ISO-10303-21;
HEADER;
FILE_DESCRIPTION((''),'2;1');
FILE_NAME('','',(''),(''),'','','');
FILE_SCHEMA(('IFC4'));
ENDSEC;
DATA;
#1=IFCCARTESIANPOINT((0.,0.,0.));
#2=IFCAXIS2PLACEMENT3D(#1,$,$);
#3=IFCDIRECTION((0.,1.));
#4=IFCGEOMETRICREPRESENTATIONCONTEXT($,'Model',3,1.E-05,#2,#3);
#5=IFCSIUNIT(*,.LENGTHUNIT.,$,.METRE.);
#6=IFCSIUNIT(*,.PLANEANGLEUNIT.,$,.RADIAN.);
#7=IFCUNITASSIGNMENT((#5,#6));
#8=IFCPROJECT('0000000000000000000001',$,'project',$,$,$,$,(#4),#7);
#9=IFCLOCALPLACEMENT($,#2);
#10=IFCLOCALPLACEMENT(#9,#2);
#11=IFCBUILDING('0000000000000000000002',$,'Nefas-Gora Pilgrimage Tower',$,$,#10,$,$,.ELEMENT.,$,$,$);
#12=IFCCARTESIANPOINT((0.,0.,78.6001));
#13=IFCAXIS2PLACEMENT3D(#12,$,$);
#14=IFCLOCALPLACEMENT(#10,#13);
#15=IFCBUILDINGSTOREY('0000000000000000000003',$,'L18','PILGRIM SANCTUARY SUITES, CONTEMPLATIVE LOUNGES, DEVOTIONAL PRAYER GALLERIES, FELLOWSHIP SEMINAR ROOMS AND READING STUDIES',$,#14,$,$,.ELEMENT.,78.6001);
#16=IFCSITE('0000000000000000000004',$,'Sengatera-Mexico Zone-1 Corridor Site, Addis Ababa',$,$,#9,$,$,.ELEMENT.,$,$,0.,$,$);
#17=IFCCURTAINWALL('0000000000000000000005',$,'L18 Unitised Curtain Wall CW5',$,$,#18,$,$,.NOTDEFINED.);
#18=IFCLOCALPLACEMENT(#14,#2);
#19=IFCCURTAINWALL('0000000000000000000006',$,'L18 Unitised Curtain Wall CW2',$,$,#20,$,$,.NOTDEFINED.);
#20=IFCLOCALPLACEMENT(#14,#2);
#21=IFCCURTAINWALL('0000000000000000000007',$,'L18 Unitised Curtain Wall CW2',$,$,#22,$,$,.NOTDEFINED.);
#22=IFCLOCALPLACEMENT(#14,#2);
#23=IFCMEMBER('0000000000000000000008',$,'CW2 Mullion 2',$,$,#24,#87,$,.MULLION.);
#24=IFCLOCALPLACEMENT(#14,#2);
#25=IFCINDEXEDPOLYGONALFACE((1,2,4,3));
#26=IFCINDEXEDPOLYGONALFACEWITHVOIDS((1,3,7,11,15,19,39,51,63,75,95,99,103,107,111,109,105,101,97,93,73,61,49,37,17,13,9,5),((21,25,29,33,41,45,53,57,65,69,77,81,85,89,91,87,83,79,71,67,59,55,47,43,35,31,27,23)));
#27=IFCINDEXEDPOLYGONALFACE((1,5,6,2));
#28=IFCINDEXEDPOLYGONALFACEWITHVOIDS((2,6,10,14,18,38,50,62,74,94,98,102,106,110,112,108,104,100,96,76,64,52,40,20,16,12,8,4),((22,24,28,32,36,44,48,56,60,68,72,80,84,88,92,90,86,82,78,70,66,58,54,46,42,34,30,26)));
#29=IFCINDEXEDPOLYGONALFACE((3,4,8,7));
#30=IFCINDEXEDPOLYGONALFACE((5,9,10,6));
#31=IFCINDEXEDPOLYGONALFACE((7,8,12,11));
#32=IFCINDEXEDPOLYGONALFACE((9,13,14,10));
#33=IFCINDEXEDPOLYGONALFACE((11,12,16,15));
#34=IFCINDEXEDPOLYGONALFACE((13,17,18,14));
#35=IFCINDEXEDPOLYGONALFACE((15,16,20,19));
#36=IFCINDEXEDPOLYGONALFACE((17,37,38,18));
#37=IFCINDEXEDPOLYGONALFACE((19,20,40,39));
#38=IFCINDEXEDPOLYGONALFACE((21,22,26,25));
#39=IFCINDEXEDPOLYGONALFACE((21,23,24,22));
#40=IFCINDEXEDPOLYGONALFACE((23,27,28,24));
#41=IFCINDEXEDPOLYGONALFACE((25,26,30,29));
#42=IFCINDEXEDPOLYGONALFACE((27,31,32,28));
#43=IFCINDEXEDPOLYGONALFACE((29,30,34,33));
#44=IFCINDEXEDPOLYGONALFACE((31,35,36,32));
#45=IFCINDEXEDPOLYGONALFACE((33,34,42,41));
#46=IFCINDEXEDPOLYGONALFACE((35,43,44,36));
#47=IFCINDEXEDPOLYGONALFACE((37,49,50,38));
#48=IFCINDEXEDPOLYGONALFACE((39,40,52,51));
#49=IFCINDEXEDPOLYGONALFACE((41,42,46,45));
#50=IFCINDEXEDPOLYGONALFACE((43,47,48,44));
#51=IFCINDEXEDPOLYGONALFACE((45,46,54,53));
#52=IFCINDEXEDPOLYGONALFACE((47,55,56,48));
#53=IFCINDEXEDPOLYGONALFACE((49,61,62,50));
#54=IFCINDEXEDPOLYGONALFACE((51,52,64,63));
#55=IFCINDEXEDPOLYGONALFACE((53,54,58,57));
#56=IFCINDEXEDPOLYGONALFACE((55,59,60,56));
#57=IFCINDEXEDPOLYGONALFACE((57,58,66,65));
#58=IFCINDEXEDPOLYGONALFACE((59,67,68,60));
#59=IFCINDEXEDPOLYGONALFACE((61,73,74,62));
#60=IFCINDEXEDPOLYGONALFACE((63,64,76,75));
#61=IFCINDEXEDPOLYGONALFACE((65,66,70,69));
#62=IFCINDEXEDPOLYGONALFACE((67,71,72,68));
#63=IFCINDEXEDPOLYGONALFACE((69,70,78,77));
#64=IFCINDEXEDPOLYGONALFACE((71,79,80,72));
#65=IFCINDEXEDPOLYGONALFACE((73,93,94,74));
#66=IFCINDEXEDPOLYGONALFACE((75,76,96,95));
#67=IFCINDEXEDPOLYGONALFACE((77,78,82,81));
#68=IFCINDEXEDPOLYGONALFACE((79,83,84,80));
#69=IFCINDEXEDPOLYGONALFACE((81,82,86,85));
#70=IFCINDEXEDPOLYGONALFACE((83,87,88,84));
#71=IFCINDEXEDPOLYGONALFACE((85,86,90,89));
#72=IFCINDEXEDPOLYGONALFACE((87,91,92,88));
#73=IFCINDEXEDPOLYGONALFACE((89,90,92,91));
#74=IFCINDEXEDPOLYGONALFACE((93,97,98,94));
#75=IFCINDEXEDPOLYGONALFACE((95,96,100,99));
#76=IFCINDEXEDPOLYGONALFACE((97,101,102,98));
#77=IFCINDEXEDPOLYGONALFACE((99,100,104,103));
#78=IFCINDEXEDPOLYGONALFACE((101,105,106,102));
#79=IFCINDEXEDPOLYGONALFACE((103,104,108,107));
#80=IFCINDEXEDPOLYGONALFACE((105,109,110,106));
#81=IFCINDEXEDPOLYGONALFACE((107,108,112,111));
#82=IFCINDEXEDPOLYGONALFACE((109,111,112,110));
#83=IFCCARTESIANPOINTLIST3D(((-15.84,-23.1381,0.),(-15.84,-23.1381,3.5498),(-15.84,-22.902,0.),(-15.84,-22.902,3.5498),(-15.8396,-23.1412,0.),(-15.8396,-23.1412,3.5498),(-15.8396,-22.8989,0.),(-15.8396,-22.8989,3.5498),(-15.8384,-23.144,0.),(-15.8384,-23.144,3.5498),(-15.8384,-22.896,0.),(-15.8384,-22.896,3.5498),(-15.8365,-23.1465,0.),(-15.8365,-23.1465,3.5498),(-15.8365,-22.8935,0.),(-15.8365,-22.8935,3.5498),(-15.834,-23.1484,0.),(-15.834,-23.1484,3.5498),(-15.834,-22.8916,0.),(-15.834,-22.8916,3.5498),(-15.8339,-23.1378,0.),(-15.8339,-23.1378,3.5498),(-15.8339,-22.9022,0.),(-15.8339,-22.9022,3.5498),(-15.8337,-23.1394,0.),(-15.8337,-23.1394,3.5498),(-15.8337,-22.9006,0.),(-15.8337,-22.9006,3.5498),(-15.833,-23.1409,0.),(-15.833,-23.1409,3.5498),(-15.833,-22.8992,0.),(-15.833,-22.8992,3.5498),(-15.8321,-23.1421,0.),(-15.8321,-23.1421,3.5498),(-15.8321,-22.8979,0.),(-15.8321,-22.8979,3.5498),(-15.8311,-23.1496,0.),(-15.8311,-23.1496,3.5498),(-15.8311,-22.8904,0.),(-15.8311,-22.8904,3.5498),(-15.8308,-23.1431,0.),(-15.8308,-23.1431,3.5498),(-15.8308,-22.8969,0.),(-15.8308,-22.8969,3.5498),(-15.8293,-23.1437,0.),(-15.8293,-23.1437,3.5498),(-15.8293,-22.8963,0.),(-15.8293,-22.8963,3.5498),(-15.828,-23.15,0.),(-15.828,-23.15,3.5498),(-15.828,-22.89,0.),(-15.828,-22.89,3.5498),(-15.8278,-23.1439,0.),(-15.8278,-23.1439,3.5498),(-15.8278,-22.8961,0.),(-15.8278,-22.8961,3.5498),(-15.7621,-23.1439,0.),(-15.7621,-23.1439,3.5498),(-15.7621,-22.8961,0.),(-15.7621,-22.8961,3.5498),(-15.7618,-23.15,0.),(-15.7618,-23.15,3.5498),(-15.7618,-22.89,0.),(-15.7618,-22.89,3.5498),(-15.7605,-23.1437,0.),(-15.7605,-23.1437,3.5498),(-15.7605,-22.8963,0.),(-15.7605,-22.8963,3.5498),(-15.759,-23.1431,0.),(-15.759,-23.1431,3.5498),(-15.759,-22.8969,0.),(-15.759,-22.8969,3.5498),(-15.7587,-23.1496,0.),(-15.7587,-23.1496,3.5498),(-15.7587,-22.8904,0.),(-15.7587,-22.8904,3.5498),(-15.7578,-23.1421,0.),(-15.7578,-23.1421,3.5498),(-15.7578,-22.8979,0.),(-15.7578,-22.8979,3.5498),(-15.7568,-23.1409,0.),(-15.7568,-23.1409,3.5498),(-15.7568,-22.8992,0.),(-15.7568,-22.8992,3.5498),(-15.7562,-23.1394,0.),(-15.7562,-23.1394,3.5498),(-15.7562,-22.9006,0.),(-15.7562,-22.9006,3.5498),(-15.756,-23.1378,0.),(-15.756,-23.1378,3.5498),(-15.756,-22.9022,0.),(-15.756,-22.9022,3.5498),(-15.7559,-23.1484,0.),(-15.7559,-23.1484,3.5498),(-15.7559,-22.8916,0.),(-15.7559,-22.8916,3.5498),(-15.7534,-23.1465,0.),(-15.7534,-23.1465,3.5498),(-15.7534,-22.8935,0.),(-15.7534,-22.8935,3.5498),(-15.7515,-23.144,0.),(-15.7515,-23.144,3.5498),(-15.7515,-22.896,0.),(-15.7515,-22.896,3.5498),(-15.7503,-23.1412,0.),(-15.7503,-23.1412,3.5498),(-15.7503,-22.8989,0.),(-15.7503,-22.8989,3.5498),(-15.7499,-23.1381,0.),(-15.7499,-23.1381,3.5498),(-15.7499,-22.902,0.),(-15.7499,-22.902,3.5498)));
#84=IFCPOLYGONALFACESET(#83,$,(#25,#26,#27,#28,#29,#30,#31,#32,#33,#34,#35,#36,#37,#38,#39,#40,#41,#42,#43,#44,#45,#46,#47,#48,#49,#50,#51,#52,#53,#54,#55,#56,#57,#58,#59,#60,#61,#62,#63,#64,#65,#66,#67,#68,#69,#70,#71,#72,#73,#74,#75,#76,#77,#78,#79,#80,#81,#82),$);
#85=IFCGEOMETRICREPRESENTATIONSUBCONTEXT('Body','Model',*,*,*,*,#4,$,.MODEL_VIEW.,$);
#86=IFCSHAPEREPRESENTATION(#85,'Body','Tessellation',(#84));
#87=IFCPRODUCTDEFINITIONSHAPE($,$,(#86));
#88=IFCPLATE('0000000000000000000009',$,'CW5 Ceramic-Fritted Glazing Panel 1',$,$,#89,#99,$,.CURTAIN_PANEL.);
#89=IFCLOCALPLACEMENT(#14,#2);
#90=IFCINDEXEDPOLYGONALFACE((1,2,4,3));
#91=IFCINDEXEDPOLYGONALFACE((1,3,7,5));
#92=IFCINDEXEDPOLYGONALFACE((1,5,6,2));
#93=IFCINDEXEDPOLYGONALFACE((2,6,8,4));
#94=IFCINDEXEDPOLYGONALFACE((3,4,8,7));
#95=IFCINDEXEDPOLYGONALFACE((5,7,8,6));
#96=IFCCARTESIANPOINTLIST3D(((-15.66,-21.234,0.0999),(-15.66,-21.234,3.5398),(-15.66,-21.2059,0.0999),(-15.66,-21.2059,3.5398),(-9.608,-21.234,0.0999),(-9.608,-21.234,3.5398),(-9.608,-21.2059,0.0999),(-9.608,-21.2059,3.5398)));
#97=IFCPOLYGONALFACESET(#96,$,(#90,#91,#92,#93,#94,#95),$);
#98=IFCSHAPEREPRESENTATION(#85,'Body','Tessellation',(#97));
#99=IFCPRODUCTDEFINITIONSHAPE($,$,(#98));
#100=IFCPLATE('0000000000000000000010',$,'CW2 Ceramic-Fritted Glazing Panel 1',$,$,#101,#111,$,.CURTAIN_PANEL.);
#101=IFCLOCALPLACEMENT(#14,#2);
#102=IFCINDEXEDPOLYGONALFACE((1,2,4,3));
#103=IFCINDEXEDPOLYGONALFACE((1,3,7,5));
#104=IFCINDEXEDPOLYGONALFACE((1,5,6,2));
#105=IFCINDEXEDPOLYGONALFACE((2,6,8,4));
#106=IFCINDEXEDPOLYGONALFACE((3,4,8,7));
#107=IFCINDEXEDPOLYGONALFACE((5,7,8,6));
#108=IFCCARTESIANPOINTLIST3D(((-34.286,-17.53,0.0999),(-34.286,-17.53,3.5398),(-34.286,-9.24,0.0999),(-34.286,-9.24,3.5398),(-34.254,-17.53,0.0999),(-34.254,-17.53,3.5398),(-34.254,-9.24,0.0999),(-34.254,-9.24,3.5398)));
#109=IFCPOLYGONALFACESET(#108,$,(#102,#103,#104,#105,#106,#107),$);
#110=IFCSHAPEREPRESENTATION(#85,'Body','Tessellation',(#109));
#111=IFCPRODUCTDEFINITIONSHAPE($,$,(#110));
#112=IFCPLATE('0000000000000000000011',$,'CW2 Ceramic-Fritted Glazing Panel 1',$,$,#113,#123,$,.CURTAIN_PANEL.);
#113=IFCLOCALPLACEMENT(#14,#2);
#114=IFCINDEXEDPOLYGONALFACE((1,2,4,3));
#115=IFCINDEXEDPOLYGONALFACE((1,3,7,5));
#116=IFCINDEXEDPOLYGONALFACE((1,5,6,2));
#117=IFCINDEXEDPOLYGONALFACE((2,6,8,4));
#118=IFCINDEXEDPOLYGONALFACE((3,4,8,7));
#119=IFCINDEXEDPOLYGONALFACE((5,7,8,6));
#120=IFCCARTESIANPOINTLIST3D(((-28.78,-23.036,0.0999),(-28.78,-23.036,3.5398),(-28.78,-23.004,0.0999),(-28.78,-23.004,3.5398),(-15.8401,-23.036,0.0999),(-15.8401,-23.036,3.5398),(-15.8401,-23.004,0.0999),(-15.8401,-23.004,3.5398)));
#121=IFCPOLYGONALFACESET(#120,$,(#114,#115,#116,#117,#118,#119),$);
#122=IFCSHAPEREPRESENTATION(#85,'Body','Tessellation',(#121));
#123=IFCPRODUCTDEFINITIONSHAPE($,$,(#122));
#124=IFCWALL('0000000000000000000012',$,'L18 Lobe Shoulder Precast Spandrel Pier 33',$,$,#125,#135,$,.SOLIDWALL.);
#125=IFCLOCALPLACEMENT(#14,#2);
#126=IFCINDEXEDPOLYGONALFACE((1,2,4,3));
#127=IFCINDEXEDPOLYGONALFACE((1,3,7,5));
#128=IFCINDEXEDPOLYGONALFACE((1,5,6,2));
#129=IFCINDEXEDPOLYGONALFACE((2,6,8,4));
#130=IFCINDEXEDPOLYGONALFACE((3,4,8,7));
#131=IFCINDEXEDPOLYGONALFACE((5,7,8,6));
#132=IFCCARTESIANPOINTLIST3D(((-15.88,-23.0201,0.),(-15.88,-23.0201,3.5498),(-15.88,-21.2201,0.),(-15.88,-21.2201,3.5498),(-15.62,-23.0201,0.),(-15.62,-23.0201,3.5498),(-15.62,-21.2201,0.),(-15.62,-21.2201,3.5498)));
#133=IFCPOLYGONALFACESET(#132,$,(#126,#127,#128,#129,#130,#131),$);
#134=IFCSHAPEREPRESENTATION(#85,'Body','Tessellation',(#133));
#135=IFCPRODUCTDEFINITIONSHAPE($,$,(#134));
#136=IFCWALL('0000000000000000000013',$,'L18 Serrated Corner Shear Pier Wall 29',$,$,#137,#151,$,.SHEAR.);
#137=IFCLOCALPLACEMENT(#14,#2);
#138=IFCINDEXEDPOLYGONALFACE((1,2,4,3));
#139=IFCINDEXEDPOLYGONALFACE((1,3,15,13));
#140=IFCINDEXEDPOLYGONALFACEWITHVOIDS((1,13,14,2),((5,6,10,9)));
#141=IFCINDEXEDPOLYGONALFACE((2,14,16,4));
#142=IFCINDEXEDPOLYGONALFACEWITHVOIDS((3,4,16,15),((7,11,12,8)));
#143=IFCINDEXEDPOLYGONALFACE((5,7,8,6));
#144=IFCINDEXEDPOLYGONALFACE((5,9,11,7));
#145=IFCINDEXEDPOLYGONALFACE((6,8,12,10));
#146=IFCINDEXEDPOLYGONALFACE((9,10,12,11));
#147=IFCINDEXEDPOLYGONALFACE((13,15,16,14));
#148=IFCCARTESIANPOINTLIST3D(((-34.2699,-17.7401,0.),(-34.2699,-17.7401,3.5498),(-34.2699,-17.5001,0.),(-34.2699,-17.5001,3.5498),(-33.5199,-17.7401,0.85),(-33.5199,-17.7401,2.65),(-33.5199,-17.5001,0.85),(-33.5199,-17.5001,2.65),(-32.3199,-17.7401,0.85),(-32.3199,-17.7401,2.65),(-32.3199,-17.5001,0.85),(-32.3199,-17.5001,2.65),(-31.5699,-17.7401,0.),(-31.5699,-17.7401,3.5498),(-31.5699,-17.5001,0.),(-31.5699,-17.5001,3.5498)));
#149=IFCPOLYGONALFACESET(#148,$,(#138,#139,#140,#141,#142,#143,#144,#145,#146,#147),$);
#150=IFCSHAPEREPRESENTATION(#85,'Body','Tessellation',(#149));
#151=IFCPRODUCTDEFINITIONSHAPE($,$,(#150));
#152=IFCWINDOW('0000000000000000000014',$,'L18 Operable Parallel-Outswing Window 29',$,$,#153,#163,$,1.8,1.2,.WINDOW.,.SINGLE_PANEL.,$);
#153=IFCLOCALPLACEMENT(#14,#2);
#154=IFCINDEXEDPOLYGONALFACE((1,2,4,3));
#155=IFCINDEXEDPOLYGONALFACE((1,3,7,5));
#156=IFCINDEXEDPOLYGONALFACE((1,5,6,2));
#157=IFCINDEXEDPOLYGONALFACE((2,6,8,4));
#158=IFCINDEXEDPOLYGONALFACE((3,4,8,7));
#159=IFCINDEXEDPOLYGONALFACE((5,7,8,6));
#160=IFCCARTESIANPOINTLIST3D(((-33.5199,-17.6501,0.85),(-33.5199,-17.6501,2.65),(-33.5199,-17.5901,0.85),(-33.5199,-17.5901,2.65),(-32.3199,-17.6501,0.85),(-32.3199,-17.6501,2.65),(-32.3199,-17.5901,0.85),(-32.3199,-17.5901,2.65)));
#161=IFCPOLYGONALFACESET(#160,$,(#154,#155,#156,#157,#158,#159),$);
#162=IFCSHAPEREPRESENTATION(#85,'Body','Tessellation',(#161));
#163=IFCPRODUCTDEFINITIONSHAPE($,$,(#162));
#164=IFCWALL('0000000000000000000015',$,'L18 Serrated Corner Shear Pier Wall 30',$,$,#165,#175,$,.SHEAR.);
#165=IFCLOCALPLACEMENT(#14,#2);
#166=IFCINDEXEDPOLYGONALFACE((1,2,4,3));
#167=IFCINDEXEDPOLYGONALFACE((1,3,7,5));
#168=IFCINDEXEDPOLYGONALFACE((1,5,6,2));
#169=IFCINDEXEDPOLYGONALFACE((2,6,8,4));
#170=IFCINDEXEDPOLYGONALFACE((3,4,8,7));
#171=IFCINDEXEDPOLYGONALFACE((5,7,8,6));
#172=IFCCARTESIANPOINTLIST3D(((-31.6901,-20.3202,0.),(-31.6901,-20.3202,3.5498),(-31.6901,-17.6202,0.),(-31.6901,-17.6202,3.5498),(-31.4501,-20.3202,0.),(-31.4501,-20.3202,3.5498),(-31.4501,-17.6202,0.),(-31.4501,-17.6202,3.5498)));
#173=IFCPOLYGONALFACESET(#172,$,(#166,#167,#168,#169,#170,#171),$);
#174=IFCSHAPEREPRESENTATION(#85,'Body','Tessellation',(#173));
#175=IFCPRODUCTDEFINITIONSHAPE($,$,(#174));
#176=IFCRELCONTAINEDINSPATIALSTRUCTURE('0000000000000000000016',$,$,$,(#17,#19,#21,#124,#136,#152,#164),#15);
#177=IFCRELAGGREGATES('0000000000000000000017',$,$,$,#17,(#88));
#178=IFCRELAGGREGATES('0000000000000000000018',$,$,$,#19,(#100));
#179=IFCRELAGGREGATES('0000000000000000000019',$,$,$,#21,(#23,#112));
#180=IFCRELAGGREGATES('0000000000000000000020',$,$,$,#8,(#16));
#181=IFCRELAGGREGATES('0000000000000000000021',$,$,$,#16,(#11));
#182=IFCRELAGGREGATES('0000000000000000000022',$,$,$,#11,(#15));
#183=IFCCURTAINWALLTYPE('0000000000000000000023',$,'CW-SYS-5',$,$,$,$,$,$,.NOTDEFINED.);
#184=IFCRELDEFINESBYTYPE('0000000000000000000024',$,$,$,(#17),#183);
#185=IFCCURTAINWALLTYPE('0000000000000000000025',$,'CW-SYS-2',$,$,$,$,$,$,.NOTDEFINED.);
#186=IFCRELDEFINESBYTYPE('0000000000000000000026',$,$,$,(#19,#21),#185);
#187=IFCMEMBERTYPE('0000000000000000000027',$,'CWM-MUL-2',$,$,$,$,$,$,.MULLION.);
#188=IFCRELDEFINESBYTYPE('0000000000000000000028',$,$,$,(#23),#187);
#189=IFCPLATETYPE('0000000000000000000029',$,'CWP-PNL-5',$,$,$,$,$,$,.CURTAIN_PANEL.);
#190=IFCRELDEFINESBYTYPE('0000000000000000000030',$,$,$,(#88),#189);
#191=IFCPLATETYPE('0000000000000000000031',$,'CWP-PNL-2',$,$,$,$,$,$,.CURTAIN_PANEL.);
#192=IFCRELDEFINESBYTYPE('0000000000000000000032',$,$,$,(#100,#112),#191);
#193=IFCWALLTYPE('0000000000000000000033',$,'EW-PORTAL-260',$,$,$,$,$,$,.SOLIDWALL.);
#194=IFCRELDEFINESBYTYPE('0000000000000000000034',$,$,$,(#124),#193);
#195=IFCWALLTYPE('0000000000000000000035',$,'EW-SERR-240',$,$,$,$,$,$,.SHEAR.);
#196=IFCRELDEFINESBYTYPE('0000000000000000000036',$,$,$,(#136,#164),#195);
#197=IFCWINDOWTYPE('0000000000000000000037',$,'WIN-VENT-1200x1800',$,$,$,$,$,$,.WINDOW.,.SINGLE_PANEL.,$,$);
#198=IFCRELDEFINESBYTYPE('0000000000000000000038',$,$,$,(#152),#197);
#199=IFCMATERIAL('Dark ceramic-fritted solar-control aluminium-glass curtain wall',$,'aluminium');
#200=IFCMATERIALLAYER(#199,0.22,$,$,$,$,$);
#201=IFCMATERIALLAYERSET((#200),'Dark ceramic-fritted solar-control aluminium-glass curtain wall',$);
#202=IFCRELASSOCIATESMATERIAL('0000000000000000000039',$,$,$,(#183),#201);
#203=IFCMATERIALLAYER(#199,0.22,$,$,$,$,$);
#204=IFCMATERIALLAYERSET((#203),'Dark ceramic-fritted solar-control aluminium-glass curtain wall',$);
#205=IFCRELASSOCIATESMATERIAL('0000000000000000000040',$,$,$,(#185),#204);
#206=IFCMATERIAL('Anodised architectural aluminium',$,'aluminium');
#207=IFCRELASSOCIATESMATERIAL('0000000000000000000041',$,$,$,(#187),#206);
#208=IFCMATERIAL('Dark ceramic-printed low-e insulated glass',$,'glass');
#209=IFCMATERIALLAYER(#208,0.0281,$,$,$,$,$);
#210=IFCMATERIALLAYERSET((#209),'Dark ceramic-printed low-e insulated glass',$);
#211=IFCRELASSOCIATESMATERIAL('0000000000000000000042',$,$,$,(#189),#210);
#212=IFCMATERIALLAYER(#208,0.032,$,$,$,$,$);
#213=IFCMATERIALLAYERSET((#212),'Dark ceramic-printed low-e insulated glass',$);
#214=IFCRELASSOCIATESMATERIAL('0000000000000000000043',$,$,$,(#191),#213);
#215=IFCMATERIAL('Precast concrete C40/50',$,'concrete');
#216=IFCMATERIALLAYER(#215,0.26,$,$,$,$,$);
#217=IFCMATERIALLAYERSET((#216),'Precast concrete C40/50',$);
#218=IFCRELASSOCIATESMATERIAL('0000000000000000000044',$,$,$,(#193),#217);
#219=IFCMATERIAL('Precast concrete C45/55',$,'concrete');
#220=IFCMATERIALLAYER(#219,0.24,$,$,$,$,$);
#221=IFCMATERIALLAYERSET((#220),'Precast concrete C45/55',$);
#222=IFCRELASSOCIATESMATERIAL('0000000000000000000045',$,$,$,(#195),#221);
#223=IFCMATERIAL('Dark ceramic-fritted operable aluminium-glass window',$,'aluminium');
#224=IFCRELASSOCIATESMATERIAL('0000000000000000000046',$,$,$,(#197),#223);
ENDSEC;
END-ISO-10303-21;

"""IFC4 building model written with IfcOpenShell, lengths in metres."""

from ifc_helpers import new_model, si_unit, direction, frame, frame_2d, origin, origin_2d, place, context, subcontext, project, spatial, rectangle, hollow_rectangle, extrude, source, transform, mapped, material, layer, layer_set, material_profile, profile_set, type_object, element, fill, aggregate, save


model = new_model("IFC4")

# Units and contexts
model_context = context("Model", 3, precision=1e-05, world=origin(), true_north=direction((0.0, 1.0)))
body_context = subcontext(model_context, "Body", "Model", "MODEL_VIEW")
ifc_project = project(units=[si_unit("LENGTHUNIT", "METRE"), si_unit("PLANEANGLEUNIT", "RADIAN")], contexts=[model_context])

# Site, building, storey
site_placement = place(None, origin())
site = spatial("IfcSite", under=ifc_project, at=site_placement, Name="Sengatera-Mexico Zone-1 Corridor Site, Addis Ababa", CompositionType="ELEMENT", RefElevation=0.0)
building_placement = place(site_placement, origin())
building = spatial("IfcBuilding", under=site, at=building_placement, Name="Nefas-Gora Pilgrimage Tower", CompositionType="ELEMENT")
storey_placement = place(building_placement, frame((0.0, 0.0, 78.6001)))
storey = spatial("IfcBuildingStorey", under=building, at=storey_placement, Name="L18", Description="PILGRIM SANCTUARY SUITES, CONTEMPLATIVE LOUNGES, DEVOTIONAL PRAYER GALLERIES, FELLOWSHIP SEMINAR ROOMS AND READING STUDIES", CompositionType="ELEMENT", Elevation=78.6001)

# Curtain walls
ifc_material_1 = material(Name="Dark ceramic-fritted solar-control aluminium-glass curtain wall", Category="aluminium")
ifc_layer_1 = layer(ifc_material_1, 0.22)
ifc_layer_set_1 = layer_set([ifc_layer_1], Name="Dark ceramic-fritted solar-control aluminium-glass curtain wall")
curtain_wall_type_1 = type_object("IfcCurtainWallType", Name="CW-SYS-5", PredefinedType="NOTDEFINED", material=ifc_layer_set_1)
curtain_wall_1_placement = place(storey_placement, origin())
curtain_wall_1 = element("IfcCurtainWall", 1, at=curtain_wall_1_placement, inside=storey, type_object=curtain_wall_type_1, Name="L18 Unitised Curtain Wall CW5", PredefinedType="NOTDEFINED")
ifc_material_2 = material(Name="Anodised architectural aluminium", Category="aluminium")
ifc_layer_2 = layer(ifc_material_1, 0.22)
ifc_layer_set_2 = layer_set([ifc_layer_2], Name="Dark ceramic-fritted solar-control aluminium-glass curtain wall")
curtain_wall_type_2 = type_object("IfcCurtainWallType", Name="CW-SYS-2", PredefinedType="NOTDEFINED", material=ifc_layer_set_2)
curtain_wall_2_placement = place(storey_placement, origin())
curtain_wall_2 = element("IfcCurtainWall", 2, at=curtain_wall_2_placement, inside=storey, type_object=curtain_wall_type_2, Name="L18 Unitised Curtain Wall CW2", PredefinedType="NOTDEFINED")
curtain_wall_3_placement = place(storey_placement, origin())
curtain_wall_3 = element("IfcCurtainWall", 3, at=curtain_wall_3_placement, inside=storey, type_object=curtain_wall_type_2, Name="L18 Unitised Curtain Wall CW2", PredefinedType="NOTDEFINED")

# Member
ifc_material_profile_1 = material_profile(ifc_material_2, hollow_rectangle(XDim=0.0901, YDim=0.26, WallThickness=0.0061, InnerFilletRadius=0.0061, OuterFilletRadius=0.012, at=origin_2d()), Name="ALU MULLION 90x260")
ifc_profile_set_1 = profile_set([ifc_material_profile_1], Name="Anodised architectural aluminium")
member_type_1 = type_object("IfcMemberType", Name="CWM-MUL-2", PredefinedType="MULLION", material=ifc_profile_set_1)
shared_shape_1 = source(origin(), body_context, "Body", "SweptSolid", [
    extrude(hollow_rectangle(XDim=0.0901, YDim=0.26, WallThickness=0.0061, InnerFilletRadius=0.0061, OuterFilletRadius=0.012, at=origin_2d()), origin(), (0.0, 0.0, 1.0), 3.5498),
])
member_1_placement = place(storey_placement, frame((-15.7949, -23.02, 0.0), z_axis=(0.0, 0.0, 1.0), x_axis=(1.0, 0.0, 0.0)))
member_1 = element("IfcMember", 4, at=member_1_placement, type_object=member_type_1, Name="CW2 Mullion 2", PredefinedType="MULLION", context=body_context, shape_type="MappedRepresentation", body=[
    mapped(shared_shape_1, transform((0.0, 0.0, 0.0), x_axis=(1.0, 0.0, 0.0), y_axis=(0.0, 1.0, 0.0), z_axis=(0.0, 0.0, 1.0), scale=1.0)),
])

# Plates
ifc_material_3 = material(Name="Dark ceramic-printed low-e insulated glass", Category="glass")
ifc_layer_3 = layer(ifc_material_3, 0.0281)
ifc_layer_set_3 = layer_set([ifc_layer_3], Name="Dark ceramic-printed low-e insulated glass")
plate_type_1 = type_object("IfcPlateType", Name="CWP-PNL-5", PredefinedType="CURTAIN_PANEL", material=ifc_layer_set_3)
shared_shape_2 = source(origin(), body_context, "Body", "SweptSolid", [
    extrude(rectangle(XDim=6.052, YDim=0.0281, at=origin_2d()), origin(), (0.0, 0.0, 1.0), 3.4399),
])
plate_1_placement = place(storey_placement, frame((-12.634, -21.22, 0.0999), z_axis=(0.0, 0.0, 1.0), x_axis=(1.0, 0.0, 0.0)))
plate_1 = element("IfcPlate", 5, at=plate_1_placement, type_object=plate_type_1, Name="CW5 Ceramic-Fritted Glazing Panel 1", PredefinedType="CURTAIN_PANEL", context=body_context, shape_type="MappedRepresentation", body=[
    mapped(shared_shape_2, transform((0.0, 0.0, 0.0), x_axis=(1.0, 0.0, 0.0), y_axis=(0.0, 1.0, 0.0), z_axis=(0.0, 0.0, 1.0), scale=1.0)),
])
aggregate(curtain_wall_1, [plate_1])
ifc_layer_4 = layer(ifc_material_3, 0.032)
ifc_layer_set_4 = layer_set([ifc_layer_4], Name="Dark ceramic-printed low-e insulated glass")
plate_type_2 = type_object("IfcPlateType", Name="CWP-PNL-2", PredefinedType="CURTAIN_PANEL", material=ifc_layer_set_4)
shared_shape_3 = source(origin(), body_context, "Body", "SweptSolid", [
    extrude(rectangle(XDim=8.29, YDim=0.032, at=origin_2d()), origin(), (0.0, 0.0, 1.0), 3.4399),
])
plate_2_placement = place(storey_placement, frame((-34.27, -13.385, 0.0999), z_axis=(0.0, 0.0, 1.0), x_axis=(0.0, -1.0, 0.0)))
plate_2 = element("IfcPlate", 6, at=plate_2_placement, type_object=plate_type_2, Name="CW2 Ceramic-Fritted Glazing Panel 1", PredefinedType="CURTAIN_PANEL", context=body_context, shape_type="MappedRepresentation", body=[
    mapped(shared_shape_3, transform((0.0, 0.0, 0.0), x_axis=(1.0, 0.0, 0.0), y_axis=(0.0, 1.0, 0.0), z_axis=(0.0, 0.0, 1.0), scale=1.0)),
])
aggregate(curtain_wall_2, [plate_2])
shared_shape_4 = source(origin(), body_context, "Body", "SweptSolid", [
    extrude(rectangle(XDim=12.9399, YDim=0.032, at=origin_2d()), origin(), (0.0, 0.0, 1.0), 3.4399),
])
plate_3_placement = place(storey_placement, frame((-22.3101, -23.02, 0.0999), z_axis=(0.0, 0.0, 1.0), x_axis=(1.0, 0.0, 0.0)))
plate_3 = element("IfcPlate", 7, at=plate_3_placement, type_object=plate_type_2, Name="CW2 Ceramic-Fritted Glazing Panel 1", PredefinedType="CURTAIN_PANEL", context=body_context, shape_type="MappedRepresentation", body=[
    mapped(shared_shape_4, transform((0.0, 0.0, 0.0), x_axis=(1.0, 0.0, 0.0), y_axis=(0.0, 1.0, 0.0), z_axis=(0.0, 0.0, 1.0), scale=1.0)),
])
aggregate(curtain_wall_3, [member_1, plate_3])

# Wall
ifc_material_4 = material(Name="Precast concrete C40/50", Category="concrete")
ifc_layer_5 = layer(ifc_material_4, 0.26)
ifc_layer_set_5 = layer_set([ifc_layer_5], Name="Precast concrete C40/50")
wall_type_1 = type_object("IfcWallType", Name="EW-PORTAL-260", PredefinedType="SOLIDWALL", material=ifc_layer_set_5)
shared_shape_5 = source(origin(), body_context, "Body", "SweptSolid", [
    extrude(rectangle(XDim=1.8, YDim=0.26, at=frame_2d((0.8999, 0.0))), origin(), (0.0, 0.0, 1.0), 3.5498),
])
wall_1_placement = place(storey_placement, frame((-15.75, -23.02, 0.0), z_axis=(0.0, 0.0, 1.0), x_axis=(0.0, 1.0, 0.0)))
element("IfcWall", 8, at=wall_1_placement, inside=storey, type_object=wall_type_1, Name="L18 Lobe Shoulder Precast Spandrel Pier 33", PredefinedType="SOLIDWALL", context=body_context, shape_type="MappedRepresentation", body=[
    mapped(shared_shape_5, transform((0.0, 0.0, 0.0), x_axis=(1.0, 0.0, 0.0), y_axis=(0.0, 1.0, 0.0), z_axis=(0.0, 0.0, 1.0), scale=1.0)),
])

# Wall, opening, window
ifc_material_5 = material(Name="Precast concrete C45/55", Category="concrete")
ifc_layer_6 = layer(ifc_material_5, 0.24)
ifc_layer_set_6 = layer_set([ifc_layer_6], Name="Precast concrete C45/55")
wall_type_2 = type_object("IfcWallType", Name="EW-SERR-240", PredefinedType="SHEAR", material=ifc_layer_set_6)
shared_shape_6 = source(origin(), body_context, "Body", "SweptSolid", [
    extrude(rectangle(XDim=2.7, YDim=0.24, at=frame_2d((1.3501, 0.0))), origin(), (0.0, 0.0, 1.0), 3.5498),
])
wall_2_placement = place(storey_placement, frame((-34.27, -17.6201, 0.0), z_axis=(0.0, 0.0, 1.0), x_axis=(1.0, 0.0, 0.0)))
wall_2 = element("IfcWall", 9, at=wall_2_placement, inside=storey, type_object=wall_type_2, Name="L18 Serrated Corner Shear Pier Wall 29", PredefinedType="SHEAR", context=body_context, shape_type="MappedRepresentation", body=[
    mapped(shared_shape_6, transform((0.0, 0.0, 0.0), x_axis=(1.0, 0.0, 0.0), y_axis=(0.0, 1.0, 0.0), z_axis=(0.0, 0.0, 1.0), scale=1.0)),
])
opening_1_placement = place(wall_2_placement, frame((0.75, 0.0, 0.8501)))
opening_1 = element("IfcOpeningElement", 10, at=opening_1_placement, cuts=wall_2, PredefinedType="OPENING", context=body_context, shape_type="SweptSolid", body=[
    extrude(rectangle(XDim=1.2, YDim=1.8, at=frame_2d((0.6001, 0.8999))), frame((0.0, 0.1299, 0.0), z_axis=(0.0, -1.0, 0.0), x_axis=(1.0, 0.0, 0.0)), (0.0, 0.0, 1.0), 0.26),
])
ifc_material_6 = material(Name="Dark ceramic-fritted operable aluminium-glass window", Category="aluminium")
window_type = type_object("IfcWindowType", Name="WIN-VENT-1200x1800", PartitioningType="SINGLE_PANEL", PredefinedType="WINDOW", material=ifc_material_6)
shared_shape_7 = source(origin(), body_context, "Body", "SweptSolid", [
    extrude(rectangle(XDim=1.2, YDim=1.8, at=frame_2d((0.6001, 0.8999))), frame((0.0, 0.03, 0.0), z_axis=(0.0, -1.0, 0.0), x_axis=(1.0, 0.0, 0.0)), (0.0, 0.0, 1.0), 0.0601),
])
window_placement = place(opening_1_placement, origin())
window = element("IfcWindow", 11, at=window_placement, inside=storey, type_object=window_type, Name="L18 Operable Parallel-Outswing Window 29", OverallHeight=1.8, OverallWidth=1.2, PartitioningType="SINGLE_PANEL", PredefinedType="WINDOW", context=body_context, shape_type="MappedRepresentation", body=[
    mapped(shared_shape_7, transform((0.0, 0.0, 0.0), x_axis=(1.0, 0.0, 0.0), y_axis=(0.0, 1.0, 0.0), z_axis=(0.0, 0.0, 1.0), scale=1.0)),
])
fill(opening_1, window)

# Wall
for number, where, z_axis, x_axis, name in (
    (12, (-31.5701, -17.6201, 0.0), (0.0, 0.0, 1.0), (0.0, -1.0, 0.0), "L18 Serrated Corner Shear Pier Wall 30"),
):
    element("IfcWall", number, at=place(storey_placement, frame(where, z_axis=z_axis, x_axis=x_axis)), inside=storey, type_object=wall_type_2, Name=name, PredefinedType="SHEAR", context=body_context, shape_type="MappedRepresentation", body=[
        mapped(shared_shape_6, transform((0.0, 0.0, 0.0), x_axis=(1.0, 0.0, 0.0), y_axis=(0.0, 1.0, 0.0), z_axis=(0.0, 0.0, 1.0), scale=1.0)),
    ])

save(model, "model.ifc")
